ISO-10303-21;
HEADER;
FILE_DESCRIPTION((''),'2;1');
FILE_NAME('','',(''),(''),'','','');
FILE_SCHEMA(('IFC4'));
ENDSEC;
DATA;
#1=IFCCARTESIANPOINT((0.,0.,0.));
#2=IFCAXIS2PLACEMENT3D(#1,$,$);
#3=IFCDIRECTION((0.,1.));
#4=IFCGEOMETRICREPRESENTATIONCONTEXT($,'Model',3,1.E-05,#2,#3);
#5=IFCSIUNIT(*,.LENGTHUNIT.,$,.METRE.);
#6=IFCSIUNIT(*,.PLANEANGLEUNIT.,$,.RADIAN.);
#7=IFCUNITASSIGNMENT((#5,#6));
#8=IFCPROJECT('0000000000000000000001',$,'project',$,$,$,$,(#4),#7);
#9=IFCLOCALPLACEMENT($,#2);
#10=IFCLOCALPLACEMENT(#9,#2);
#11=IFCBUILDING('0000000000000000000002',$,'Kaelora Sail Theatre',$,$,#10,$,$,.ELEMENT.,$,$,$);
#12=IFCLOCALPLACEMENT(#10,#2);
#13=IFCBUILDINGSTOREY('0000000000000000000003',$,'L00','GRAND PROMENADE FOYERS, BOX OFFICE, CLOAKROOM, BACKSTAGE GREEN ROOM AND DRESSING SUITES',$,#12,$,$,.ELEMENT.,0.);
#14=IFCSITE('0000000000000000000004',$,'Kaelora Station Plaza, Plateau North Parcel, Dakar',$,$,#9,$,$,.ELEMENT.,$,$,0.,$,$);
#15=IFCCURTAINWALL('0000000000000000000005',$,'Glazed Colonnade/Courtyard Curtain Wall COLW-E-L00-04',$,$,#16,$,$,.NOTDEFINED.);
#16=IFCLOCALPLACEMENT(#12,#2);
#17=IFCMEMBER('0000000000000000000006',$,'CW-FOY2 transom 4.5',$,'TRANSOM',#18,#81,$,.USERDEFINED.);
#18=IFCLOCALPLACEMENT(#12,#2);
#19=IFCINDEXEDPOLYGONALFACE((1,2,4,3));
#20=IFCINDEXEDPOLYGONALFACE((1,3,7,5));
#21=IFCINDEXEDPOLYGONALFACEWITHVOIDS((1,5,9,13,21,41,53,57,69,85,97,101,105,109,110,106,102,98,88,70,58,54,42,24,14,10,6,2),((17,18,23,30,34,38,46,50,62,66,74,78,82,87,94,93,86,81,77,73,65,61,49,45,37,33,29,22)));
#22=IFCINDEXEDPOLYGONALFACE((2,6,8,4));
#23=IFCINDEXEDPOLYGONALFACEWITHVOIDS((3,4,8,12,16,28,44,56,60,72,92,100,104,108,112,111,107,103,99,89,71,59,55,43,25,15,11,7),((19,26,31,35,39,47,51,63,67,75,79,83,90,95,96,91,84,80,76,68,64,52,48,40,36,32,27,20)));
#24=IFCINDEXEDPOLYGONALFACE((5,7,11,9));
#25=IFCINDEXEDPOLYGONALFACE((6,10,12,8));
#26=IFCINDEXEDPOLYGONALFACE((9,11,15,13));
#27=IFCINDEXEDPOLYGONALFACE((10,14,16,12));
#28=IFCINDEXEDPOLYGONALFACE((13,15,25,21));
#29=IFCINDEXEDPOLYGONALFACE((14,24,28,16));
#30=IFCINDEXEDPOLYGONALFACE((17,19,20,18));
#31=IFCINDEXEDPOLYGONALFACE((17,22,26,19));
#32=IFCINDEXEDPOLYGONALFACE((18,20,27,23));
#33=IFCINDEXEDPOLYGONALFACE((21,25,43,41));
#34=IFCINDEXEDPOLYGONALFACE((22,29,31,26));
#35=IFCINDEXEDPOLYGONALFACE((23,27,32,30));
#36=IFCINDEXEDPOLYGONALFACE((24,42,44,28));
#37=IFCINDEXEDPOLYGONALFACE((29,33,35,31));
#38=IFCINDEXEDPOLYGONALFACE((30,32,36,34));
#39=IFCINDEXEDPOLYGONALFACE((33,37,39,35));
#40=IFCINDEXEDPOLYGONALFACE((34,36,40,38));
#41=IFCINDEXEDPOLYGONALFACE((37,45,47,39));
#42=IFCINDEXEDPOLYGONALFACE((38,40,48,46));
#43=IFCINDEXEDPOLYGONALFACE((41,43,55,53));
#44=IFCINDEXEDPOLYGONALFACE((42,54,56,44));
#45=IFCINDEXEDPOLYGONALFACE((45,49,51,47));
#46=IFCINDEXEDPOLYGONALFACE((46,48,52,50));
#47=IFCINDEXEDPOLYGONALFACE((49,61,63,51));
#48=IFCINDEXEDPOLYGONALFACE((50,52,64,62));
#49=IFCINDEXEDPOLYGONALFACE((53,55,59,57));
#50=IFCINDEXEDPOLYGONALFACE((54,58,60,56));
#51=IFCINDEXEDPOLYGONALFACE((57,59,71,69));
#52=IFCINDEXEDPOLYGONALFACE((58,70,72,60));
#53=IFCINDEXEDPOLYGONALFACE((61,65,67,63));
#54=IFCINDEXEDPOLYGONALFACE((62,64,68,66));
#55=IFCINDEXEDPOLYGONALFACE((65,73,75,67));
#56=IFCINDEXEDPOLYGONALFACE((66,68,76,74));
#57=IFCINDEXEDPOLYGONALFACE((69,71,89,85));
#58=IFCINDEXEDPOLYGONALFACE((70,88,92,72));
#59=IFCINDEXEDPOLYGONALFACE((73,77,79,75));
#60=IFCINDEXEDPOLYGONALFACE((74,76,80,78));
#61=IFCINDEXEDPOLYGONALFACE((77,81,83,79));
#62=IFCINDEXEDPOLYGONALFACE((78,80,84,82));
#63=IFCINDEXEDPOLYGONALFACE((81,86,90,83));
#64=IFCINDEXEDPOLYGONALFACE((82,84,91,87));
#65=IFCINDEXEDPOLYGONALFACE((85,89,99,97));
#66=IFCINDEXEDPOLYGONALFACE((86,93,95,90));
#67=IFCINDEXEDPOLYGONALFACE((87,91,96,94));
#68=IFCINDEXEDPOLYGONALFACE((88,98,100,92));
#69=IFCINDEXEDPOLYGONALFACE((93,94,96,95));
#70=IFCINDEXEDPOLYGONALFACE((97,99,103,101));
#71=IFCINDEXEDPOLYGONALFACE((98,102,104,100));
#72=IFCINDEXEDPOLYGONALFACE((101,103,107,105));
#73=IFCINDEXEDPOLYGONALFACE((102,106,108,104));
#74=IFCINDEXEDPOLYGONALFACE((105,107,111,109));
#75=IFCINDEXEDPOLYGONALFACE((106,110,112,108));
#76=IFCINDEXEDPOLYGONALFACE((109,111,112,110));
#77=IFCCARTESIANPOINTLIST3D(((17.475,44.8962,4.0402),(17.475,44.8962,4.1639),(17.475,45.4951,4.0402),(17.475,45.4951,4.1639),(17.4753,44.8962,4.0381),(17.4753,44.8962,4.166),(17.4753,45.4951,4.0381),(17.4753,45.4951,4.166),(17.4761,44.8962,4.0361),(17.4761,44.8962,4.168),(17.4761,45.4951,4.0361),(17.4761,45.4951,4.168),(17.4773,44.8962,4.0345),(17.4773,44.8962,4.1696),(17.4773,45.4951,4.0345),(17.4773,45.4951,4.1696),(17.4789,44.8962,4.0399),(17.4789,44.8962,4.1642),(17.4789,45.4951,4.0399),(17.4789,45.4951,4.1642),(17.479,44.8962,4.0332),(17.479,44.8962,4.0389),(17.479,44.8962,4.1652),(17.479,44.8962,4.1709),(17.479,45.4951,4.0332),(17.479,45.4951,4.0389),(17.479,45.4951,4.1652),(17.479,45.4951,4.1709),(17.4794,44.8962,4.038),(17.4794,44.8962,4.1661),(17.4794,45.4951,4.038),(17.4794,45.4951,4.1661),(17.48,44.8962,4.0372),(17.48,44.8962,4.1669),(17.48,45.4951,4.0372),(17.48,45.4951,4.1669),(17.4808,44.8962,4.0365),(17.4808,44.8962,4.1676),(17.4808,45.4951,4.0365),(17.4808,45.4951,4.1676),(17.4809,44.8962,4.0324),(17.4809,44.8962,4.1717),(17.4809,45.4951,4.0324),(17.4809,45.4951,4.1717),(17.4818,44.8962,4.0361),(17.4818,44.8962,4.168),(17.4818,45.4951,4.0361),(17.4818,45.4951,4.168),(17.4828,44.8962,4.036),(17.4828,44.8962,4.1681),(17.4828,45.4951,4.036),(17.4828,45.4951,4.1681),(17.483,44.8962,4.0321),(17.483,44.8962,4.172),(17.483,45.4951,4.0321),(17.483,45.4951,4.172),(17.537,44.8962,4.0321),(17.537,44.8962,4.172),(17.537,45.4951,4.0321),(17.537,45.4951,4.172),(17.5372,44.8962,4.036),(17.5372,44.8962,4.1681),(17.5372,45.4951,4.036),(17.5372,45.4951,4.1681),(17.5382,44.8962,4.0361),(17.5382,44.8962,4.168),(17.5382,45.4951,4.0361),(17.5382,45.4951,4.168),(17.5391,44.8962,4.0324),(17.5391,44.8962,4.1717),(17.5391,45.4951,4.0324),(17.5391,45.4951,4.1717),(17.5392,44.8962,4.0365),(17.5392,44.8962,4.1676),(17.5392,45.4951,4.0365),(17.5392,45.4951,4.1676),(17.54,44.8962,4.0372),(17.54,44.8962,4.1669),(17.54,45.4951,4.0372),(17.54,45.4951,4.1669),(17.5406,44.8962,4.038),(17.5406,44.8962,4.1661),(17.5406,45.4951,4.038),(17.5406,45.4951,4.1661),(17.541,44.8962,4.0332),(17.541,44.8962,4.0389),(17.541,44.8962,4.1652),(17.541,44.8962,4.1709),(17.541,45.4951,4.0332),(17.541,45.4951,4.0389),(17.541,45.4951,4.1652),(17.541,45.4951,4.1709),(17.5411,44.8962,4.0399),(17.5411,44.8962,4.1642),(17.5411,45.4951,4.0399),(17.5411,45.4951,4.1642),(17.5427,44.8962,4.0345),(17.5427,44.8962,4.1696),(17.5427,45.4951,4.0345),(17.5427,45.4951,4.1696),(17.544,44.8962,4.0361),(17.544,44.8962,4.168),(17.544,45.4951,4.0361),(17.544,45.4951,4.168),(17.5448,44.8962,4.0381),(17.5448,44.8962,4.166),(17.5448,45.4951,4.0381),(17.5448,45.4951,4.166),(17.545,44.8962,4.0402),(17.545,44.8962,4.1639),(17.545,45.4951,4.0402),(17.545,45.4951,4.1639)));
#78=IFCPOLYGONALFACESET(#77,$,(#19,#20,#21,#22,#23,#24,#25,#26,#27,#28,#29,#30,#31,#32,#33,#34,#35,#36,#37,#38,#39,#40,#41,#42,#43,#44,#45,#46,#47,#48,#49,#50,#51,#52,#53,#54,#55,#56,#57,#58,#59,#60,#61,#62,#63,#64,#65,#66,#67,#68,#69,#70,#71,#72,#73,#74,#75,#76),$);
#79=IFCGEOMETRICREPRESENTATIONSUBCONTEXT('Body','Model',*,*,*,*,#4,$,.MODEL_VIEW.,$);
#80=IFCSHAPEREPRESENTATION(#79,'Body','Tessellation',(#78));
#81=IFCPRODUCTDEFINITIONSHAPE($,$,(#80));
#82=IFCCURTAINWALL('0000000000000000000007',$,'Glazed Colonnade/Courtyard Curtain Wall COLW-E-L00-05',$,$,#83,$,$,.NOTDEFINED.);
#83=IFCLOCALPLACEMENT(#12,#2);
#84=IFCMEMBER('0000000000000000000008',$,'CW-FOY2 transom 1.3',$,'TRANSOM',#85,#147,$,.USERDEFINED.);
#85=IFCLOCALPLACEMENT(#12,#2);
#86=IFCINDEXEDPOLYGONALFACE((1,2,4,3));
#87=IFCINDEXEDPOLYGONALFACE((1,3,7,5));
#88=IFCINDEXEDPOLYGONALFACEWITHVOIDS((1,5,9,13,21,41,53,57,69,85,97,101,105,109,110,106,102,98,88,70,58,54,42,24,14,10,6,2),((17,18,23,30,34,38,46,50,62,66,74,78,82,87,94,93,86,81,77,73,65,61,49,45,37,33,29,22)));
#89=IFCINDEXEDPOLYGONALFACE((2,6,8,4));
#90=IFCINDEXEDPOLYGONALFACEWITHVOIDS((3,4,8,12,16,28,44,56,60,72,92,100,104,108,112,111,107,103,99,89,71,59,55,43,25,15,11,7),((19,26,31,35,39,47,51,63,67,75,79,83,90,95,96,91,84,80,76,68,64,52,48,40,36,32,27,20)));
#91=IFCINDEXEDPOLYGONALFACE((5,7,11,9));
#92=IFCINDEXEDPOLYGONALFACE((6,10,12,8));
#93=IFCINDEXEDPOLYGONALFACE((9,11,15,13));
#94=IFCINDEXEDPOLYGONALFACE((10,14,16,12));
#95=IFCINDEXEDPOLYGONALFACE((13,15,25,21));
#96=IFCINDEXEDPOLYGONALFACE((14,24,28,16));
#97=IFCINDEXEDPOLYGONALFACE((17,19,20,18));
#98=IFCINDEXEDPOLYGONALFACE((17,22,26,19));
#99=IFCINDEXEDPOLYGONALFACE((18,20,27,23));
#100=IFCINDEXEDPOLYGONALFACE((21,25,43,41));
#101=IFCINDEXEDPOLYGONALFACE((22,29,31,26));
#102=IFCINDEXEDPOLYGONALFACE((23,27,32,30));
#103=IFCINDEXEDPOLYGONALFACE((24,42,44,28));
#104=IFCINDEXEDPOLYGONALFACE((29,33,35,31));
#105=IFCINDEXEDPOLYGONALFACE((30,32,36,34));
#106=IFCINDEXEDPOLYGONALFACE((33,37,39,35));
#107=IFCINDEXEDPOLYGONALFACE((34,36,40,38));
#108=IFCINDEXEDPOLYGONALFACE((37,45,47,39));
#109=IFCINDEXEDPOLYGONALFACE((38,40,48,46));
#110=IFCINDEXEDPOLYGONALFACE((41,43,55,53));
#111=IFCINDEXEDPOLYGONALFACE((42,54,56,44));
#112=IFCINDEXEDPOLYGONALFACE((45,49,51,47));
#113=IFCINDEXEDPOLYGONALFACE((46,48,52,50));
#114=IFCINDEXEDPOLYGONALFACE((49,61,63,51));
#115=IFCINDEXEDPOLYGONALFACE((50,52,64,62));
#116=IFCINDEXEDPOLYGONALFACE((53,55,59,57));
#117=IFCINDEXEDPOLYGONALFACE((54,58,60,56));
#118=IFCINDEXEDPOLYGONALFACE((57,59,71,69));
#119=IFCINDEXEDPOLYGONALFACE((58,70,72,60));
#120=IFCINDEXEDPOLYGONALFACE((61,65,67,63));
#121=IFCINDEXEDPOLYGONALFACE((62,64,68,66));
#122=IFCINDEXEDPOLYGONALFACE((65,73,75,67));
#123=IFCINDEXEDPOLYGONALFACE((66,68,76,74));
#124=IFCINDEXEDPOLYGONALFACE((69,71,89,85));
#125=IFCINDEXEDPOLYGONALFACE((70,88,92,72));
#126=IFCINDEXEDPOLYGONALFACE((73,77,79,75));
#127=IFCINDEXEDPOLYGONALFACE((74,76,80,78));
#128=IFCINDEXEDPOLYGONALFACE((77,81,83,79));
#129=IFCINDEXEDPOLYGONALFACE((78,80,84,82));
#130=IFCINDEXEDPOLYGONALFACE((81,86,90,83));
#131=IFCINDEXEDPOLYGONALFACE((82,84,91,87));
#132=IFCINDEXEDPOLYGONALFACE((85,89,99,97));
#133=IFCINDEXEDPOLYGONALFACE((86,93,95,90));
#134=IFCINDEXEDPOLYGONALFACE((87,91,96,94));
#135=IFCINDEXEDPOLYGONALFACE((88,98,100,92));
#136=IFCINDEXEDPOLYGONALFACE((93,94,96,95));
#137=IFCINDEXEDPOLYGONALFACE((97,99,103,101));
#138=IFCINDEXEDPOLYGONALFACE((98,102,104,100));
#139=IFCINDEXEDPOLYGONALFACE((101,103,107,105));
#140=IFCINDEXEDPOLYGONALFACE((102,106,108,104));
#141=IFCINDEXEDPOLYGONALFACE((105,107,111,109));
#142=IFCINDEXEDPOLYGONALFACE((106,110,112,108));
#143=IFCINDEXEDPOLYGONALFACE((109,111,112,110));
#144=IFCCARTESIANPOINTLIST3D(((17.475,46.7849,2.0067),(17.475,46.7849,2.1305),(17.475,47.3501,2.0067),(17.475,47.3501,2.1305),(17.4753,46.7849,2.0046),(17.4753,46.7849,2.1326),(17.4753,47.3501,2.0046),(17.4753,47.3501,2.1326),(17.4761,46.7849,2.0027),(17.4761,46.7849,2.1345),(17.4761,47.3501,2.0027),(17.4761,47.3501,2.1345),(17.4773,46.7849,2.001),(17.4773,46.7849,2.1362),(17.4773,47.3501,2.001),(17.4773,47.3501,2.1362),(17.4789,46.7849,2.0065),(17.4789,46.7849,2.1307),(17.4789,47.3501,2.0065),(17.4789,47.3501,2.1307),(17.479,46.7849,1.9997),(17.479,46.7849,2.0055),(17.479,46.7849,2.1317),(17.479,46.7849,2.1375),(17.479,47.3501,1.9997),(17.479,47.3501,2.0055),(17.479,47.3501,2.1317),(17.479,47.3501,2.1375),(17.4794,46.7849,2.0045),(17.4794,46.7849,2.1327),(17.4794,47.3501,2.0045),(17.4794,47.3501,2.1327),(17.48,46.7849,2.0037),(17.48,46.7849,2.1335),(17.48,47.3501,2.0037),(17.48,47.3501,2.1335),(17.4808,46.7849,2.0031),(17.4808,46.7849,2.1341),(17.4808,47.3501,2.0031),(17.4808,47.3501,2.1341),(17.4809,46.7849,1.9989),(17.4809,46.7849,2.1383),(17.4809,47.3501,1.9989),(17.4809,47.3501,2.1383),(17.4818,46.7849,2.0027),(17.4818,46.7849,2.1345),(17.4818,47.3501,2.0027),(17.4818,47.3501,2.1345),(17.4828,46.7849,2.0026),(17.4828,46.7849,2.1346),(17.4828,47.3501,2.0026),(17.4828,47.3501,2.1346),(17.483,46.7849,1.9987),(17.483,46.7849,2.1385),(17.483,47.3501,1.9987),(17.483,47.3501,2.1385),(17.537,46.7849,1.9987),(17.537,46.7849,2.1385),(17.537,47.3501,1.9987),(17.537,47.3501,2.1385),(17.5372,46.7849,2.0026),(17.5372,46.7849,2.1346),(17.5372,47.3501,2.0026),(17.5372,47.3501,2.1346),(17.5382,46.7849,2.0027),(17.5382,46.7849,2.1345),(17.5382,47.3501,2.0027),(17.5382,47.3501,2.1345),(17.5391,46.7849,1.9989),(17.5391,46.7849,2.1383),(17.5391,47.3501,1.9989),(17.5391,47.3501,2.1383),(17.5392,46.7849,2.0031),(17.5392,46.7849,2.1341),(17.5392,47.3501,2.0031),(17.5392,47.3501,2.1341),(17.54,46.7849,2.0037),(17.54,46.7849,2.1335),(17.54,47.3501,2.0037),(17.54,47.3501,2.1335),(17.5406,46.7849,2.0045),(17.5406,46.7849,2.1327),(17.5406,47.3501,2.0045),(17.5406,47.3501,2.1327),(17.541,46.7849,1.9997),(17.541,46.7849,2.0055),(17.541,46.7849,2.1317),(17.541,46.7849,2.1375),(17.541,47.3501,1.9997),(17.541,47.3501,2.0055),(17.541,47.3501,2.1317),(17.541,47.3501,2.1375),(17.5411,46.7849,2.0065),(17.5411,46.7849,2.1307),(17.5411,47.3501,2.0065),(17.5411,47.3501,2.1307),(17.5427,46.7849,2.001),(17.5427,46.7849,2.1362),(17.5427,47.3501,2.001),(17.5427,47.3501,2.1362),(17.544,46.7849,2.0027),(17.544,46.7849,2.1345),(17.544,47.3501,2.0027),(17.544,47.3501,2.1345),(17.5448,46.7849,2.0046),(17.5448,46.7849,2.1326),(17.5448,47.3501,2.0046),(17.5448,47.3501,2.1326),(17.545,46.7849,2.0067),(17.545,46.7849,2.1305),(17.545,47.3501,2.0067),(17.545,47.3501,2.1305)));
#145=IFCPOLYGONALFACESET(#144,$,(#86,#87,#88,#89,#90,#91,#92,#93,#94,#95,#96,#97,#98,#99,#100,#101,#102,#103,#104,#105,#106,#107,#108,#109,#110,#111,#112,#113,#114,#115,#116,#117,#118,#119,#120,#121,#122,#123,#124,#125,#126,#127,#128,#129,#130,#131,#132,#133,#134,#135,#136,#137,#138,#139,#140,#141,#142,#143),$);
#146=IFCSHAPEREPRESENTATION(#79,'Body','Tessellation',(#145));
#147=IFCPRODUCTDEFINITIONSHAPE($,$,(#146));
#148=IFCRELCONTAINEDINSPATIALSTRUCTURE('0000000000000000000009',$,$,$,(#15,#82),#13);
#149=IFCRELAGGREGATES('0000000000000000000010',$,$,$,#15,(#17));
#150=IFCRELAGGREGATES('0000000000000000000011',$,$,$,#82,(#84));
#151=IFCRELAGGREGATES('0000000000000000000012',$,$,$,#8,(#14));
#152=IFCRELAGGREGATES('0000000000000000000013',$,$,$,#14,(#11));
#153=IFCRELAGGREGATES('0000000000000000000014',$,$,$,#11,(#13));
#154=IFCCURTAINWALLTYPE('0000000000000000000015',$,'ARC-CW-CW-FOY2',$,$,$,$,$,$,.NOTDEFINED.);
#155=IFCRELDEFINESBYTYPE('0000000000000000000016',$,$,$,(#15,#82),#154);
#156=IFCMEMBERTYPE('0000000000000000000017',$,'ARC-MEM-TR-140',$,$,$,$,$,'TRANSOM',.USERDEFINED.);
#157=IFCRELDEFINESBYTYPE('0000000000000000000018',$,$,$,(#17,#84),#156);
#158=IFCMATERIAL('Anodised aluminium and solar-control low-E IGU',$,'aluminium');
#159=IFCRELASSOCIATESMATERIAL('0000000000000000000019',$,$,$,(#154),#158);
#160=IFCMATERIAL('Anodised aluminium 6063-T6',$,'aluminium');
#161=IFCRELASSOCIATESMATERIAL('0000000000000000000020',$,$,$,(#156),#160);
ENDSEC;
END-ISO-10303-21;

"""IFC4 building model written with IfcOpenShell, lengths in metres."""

from ifc_helpers import new_model, si_unit, direction, frame, origin, origin_2d, place, context, subcontext, project, spatial, hollow_rectangle, extrude, material, material_profile, profile_set, type_object, element, aggregate, save


model = new_model("IFC4")

# Units and contexts
model_context = context("Model", 3, precision=1e-05, world=origin(), true_north=direction((0.0, 1.0)))
body_context = subcontext(model_context, "Body", "Model", "MODEL_VIEW")
ifc_project = project(units=[si_unit("LENGTHUNIT", "METRE"), si_unit("PLANEANGLEUNIT", "RADIAN")], contexts=[model_context])

# Site, building, storey
site_placement = place(None, origin())
site = spatial("IfcSite", under=ifc_project, at=site_placement, Name="Kaelora Station Plaza, Plateau North Parcel, Dakar", CompositionType="ELEMENT", RefElevation=0.0)
building_placement = place(site_placement, origin())
building = spatial("IfcBuilding", under=site, at=building_placement, Name="Kaelora Sail Theatre", CompositionType="ELEMENT")
storey_placement = place(building_placement, origin())
storey = spatial("IfcBuildingStorey", under=building, at=storey_placement, Name="L00", Description="GRAND PROMENADE FOYERS, BOX OFFICE, CLOAKROOM, BACKSTAGE GREEN ROOM AND DRESSING SUITES", CompositionType="ELEMENT", Elevation=0.0)

# Curtain walls, members
ifc_material_1 = material(Name="Anodised aluminium and solar-control low-E IGU", Category="aluminium")
curtain_wall_type = type_object("IfcCurtainWallType", Name="ARC-CW-CW-FOY2", PredefinedType="NOTDEFINED", material=ifc_material_1)
curtain_wall_1_placement = place(storey_placement, origin())
curtain_wall_1 = element("IfcCurtainWall", 1, at=curtain_wall_1_placement, inside=storey, type_object=curtain_wall_type, Name="Glazed Colonnade/Courtyard Curtain Wall COLW-E-L00-04", PredefinedType="NOTDEFINED")
ifc_material_2 = material(Name="Anodised aluminium 6063-T6", Category="aluminium")
ifc_material_profile = material_profile(ifc_material_2, hollow_rectangle(XDim=0.0701, YDim=0.1399, WallThickness=0.0039, InnerFilletRadius=0.0039, OuterFilletRadius=0.0081, at=origin_2d()), Name="ALU-TRAN 70x140x4")
ifc_profile_set = profile_set([ifc_material_profile], Name="Anodised aluminium 6063-T6")
member_type = type_object("IfcMemberType", Name="ARC-MEM-TR-140", ElementType="TRANSOM", PredefinedType="USERDEFINED", material=ifc_profile_set)
member_1_placement = place(storey_placement, frame((17.51, 44.8962, 4.1021), z_axis=(0.0, 1.0, 0.0), x_axis=(-1.0, 0.0, 0.0)))
member_1 = element("IfcMember", 2, at=member_1_placement, type_object=member_type, Name="CW-FOY2 transom 4.5", ObjectType="TRANSOM", PredefinedType="USERDEFINED", context=body_context, shape_type="SweptSolid", body=[
    extrude(hollow_rectangle(XDim=0.0701, YDim=0.1399, WallThickness=0.0039, InnerFilletRadius=0.0039, OuterFilletRadius=0.0081, at=origin_2d()), origin(), (0.0, 0.0, 1.0), 0.5989),
])
curtain_wall_2_placement = place(storey_placement, origin())
curtain_wall_2 = element("IfcCurtainWall", 3, at=curtain_wall_2_placement, inside=storey, type_object=curtain_wall_type, Name="Glazed Colonnade/Courtyard Curtain Wall COLW-E-L00-05", PredefinedType="NOTDEFINED")
member_2_placement = place(storey_placement, frame((17.51, 46.7849, 2.0686), z_axis=(0.0, 1.0, 0.0), x_axis=(-1.0, 0.0, 0.0)))
member_2 = element("IfcMember", 4, at=member_2_placement, type_object=member_type, Name="CW-FOY2 transom 1.3", ObjectType="TRANSOM", PredefinedType="USERDEFINED", context=body_context, shape_type="SweptSolid", body=[
    extrude(hollow_rectangle(XDim=0.0701, YDim=0.1399, WallThickness=0.0039, InnerFilletRadius=0.0039, OuterFilletRadius=0.0081, at=origin_2d()), origin(), (0.0, 0.0, 1.0), 0.5652),
])

aggregate(curtain_wall_1, [member_1])
aggregate(curtain_wall_2, [member_2])

save(model, "model.ifc")
